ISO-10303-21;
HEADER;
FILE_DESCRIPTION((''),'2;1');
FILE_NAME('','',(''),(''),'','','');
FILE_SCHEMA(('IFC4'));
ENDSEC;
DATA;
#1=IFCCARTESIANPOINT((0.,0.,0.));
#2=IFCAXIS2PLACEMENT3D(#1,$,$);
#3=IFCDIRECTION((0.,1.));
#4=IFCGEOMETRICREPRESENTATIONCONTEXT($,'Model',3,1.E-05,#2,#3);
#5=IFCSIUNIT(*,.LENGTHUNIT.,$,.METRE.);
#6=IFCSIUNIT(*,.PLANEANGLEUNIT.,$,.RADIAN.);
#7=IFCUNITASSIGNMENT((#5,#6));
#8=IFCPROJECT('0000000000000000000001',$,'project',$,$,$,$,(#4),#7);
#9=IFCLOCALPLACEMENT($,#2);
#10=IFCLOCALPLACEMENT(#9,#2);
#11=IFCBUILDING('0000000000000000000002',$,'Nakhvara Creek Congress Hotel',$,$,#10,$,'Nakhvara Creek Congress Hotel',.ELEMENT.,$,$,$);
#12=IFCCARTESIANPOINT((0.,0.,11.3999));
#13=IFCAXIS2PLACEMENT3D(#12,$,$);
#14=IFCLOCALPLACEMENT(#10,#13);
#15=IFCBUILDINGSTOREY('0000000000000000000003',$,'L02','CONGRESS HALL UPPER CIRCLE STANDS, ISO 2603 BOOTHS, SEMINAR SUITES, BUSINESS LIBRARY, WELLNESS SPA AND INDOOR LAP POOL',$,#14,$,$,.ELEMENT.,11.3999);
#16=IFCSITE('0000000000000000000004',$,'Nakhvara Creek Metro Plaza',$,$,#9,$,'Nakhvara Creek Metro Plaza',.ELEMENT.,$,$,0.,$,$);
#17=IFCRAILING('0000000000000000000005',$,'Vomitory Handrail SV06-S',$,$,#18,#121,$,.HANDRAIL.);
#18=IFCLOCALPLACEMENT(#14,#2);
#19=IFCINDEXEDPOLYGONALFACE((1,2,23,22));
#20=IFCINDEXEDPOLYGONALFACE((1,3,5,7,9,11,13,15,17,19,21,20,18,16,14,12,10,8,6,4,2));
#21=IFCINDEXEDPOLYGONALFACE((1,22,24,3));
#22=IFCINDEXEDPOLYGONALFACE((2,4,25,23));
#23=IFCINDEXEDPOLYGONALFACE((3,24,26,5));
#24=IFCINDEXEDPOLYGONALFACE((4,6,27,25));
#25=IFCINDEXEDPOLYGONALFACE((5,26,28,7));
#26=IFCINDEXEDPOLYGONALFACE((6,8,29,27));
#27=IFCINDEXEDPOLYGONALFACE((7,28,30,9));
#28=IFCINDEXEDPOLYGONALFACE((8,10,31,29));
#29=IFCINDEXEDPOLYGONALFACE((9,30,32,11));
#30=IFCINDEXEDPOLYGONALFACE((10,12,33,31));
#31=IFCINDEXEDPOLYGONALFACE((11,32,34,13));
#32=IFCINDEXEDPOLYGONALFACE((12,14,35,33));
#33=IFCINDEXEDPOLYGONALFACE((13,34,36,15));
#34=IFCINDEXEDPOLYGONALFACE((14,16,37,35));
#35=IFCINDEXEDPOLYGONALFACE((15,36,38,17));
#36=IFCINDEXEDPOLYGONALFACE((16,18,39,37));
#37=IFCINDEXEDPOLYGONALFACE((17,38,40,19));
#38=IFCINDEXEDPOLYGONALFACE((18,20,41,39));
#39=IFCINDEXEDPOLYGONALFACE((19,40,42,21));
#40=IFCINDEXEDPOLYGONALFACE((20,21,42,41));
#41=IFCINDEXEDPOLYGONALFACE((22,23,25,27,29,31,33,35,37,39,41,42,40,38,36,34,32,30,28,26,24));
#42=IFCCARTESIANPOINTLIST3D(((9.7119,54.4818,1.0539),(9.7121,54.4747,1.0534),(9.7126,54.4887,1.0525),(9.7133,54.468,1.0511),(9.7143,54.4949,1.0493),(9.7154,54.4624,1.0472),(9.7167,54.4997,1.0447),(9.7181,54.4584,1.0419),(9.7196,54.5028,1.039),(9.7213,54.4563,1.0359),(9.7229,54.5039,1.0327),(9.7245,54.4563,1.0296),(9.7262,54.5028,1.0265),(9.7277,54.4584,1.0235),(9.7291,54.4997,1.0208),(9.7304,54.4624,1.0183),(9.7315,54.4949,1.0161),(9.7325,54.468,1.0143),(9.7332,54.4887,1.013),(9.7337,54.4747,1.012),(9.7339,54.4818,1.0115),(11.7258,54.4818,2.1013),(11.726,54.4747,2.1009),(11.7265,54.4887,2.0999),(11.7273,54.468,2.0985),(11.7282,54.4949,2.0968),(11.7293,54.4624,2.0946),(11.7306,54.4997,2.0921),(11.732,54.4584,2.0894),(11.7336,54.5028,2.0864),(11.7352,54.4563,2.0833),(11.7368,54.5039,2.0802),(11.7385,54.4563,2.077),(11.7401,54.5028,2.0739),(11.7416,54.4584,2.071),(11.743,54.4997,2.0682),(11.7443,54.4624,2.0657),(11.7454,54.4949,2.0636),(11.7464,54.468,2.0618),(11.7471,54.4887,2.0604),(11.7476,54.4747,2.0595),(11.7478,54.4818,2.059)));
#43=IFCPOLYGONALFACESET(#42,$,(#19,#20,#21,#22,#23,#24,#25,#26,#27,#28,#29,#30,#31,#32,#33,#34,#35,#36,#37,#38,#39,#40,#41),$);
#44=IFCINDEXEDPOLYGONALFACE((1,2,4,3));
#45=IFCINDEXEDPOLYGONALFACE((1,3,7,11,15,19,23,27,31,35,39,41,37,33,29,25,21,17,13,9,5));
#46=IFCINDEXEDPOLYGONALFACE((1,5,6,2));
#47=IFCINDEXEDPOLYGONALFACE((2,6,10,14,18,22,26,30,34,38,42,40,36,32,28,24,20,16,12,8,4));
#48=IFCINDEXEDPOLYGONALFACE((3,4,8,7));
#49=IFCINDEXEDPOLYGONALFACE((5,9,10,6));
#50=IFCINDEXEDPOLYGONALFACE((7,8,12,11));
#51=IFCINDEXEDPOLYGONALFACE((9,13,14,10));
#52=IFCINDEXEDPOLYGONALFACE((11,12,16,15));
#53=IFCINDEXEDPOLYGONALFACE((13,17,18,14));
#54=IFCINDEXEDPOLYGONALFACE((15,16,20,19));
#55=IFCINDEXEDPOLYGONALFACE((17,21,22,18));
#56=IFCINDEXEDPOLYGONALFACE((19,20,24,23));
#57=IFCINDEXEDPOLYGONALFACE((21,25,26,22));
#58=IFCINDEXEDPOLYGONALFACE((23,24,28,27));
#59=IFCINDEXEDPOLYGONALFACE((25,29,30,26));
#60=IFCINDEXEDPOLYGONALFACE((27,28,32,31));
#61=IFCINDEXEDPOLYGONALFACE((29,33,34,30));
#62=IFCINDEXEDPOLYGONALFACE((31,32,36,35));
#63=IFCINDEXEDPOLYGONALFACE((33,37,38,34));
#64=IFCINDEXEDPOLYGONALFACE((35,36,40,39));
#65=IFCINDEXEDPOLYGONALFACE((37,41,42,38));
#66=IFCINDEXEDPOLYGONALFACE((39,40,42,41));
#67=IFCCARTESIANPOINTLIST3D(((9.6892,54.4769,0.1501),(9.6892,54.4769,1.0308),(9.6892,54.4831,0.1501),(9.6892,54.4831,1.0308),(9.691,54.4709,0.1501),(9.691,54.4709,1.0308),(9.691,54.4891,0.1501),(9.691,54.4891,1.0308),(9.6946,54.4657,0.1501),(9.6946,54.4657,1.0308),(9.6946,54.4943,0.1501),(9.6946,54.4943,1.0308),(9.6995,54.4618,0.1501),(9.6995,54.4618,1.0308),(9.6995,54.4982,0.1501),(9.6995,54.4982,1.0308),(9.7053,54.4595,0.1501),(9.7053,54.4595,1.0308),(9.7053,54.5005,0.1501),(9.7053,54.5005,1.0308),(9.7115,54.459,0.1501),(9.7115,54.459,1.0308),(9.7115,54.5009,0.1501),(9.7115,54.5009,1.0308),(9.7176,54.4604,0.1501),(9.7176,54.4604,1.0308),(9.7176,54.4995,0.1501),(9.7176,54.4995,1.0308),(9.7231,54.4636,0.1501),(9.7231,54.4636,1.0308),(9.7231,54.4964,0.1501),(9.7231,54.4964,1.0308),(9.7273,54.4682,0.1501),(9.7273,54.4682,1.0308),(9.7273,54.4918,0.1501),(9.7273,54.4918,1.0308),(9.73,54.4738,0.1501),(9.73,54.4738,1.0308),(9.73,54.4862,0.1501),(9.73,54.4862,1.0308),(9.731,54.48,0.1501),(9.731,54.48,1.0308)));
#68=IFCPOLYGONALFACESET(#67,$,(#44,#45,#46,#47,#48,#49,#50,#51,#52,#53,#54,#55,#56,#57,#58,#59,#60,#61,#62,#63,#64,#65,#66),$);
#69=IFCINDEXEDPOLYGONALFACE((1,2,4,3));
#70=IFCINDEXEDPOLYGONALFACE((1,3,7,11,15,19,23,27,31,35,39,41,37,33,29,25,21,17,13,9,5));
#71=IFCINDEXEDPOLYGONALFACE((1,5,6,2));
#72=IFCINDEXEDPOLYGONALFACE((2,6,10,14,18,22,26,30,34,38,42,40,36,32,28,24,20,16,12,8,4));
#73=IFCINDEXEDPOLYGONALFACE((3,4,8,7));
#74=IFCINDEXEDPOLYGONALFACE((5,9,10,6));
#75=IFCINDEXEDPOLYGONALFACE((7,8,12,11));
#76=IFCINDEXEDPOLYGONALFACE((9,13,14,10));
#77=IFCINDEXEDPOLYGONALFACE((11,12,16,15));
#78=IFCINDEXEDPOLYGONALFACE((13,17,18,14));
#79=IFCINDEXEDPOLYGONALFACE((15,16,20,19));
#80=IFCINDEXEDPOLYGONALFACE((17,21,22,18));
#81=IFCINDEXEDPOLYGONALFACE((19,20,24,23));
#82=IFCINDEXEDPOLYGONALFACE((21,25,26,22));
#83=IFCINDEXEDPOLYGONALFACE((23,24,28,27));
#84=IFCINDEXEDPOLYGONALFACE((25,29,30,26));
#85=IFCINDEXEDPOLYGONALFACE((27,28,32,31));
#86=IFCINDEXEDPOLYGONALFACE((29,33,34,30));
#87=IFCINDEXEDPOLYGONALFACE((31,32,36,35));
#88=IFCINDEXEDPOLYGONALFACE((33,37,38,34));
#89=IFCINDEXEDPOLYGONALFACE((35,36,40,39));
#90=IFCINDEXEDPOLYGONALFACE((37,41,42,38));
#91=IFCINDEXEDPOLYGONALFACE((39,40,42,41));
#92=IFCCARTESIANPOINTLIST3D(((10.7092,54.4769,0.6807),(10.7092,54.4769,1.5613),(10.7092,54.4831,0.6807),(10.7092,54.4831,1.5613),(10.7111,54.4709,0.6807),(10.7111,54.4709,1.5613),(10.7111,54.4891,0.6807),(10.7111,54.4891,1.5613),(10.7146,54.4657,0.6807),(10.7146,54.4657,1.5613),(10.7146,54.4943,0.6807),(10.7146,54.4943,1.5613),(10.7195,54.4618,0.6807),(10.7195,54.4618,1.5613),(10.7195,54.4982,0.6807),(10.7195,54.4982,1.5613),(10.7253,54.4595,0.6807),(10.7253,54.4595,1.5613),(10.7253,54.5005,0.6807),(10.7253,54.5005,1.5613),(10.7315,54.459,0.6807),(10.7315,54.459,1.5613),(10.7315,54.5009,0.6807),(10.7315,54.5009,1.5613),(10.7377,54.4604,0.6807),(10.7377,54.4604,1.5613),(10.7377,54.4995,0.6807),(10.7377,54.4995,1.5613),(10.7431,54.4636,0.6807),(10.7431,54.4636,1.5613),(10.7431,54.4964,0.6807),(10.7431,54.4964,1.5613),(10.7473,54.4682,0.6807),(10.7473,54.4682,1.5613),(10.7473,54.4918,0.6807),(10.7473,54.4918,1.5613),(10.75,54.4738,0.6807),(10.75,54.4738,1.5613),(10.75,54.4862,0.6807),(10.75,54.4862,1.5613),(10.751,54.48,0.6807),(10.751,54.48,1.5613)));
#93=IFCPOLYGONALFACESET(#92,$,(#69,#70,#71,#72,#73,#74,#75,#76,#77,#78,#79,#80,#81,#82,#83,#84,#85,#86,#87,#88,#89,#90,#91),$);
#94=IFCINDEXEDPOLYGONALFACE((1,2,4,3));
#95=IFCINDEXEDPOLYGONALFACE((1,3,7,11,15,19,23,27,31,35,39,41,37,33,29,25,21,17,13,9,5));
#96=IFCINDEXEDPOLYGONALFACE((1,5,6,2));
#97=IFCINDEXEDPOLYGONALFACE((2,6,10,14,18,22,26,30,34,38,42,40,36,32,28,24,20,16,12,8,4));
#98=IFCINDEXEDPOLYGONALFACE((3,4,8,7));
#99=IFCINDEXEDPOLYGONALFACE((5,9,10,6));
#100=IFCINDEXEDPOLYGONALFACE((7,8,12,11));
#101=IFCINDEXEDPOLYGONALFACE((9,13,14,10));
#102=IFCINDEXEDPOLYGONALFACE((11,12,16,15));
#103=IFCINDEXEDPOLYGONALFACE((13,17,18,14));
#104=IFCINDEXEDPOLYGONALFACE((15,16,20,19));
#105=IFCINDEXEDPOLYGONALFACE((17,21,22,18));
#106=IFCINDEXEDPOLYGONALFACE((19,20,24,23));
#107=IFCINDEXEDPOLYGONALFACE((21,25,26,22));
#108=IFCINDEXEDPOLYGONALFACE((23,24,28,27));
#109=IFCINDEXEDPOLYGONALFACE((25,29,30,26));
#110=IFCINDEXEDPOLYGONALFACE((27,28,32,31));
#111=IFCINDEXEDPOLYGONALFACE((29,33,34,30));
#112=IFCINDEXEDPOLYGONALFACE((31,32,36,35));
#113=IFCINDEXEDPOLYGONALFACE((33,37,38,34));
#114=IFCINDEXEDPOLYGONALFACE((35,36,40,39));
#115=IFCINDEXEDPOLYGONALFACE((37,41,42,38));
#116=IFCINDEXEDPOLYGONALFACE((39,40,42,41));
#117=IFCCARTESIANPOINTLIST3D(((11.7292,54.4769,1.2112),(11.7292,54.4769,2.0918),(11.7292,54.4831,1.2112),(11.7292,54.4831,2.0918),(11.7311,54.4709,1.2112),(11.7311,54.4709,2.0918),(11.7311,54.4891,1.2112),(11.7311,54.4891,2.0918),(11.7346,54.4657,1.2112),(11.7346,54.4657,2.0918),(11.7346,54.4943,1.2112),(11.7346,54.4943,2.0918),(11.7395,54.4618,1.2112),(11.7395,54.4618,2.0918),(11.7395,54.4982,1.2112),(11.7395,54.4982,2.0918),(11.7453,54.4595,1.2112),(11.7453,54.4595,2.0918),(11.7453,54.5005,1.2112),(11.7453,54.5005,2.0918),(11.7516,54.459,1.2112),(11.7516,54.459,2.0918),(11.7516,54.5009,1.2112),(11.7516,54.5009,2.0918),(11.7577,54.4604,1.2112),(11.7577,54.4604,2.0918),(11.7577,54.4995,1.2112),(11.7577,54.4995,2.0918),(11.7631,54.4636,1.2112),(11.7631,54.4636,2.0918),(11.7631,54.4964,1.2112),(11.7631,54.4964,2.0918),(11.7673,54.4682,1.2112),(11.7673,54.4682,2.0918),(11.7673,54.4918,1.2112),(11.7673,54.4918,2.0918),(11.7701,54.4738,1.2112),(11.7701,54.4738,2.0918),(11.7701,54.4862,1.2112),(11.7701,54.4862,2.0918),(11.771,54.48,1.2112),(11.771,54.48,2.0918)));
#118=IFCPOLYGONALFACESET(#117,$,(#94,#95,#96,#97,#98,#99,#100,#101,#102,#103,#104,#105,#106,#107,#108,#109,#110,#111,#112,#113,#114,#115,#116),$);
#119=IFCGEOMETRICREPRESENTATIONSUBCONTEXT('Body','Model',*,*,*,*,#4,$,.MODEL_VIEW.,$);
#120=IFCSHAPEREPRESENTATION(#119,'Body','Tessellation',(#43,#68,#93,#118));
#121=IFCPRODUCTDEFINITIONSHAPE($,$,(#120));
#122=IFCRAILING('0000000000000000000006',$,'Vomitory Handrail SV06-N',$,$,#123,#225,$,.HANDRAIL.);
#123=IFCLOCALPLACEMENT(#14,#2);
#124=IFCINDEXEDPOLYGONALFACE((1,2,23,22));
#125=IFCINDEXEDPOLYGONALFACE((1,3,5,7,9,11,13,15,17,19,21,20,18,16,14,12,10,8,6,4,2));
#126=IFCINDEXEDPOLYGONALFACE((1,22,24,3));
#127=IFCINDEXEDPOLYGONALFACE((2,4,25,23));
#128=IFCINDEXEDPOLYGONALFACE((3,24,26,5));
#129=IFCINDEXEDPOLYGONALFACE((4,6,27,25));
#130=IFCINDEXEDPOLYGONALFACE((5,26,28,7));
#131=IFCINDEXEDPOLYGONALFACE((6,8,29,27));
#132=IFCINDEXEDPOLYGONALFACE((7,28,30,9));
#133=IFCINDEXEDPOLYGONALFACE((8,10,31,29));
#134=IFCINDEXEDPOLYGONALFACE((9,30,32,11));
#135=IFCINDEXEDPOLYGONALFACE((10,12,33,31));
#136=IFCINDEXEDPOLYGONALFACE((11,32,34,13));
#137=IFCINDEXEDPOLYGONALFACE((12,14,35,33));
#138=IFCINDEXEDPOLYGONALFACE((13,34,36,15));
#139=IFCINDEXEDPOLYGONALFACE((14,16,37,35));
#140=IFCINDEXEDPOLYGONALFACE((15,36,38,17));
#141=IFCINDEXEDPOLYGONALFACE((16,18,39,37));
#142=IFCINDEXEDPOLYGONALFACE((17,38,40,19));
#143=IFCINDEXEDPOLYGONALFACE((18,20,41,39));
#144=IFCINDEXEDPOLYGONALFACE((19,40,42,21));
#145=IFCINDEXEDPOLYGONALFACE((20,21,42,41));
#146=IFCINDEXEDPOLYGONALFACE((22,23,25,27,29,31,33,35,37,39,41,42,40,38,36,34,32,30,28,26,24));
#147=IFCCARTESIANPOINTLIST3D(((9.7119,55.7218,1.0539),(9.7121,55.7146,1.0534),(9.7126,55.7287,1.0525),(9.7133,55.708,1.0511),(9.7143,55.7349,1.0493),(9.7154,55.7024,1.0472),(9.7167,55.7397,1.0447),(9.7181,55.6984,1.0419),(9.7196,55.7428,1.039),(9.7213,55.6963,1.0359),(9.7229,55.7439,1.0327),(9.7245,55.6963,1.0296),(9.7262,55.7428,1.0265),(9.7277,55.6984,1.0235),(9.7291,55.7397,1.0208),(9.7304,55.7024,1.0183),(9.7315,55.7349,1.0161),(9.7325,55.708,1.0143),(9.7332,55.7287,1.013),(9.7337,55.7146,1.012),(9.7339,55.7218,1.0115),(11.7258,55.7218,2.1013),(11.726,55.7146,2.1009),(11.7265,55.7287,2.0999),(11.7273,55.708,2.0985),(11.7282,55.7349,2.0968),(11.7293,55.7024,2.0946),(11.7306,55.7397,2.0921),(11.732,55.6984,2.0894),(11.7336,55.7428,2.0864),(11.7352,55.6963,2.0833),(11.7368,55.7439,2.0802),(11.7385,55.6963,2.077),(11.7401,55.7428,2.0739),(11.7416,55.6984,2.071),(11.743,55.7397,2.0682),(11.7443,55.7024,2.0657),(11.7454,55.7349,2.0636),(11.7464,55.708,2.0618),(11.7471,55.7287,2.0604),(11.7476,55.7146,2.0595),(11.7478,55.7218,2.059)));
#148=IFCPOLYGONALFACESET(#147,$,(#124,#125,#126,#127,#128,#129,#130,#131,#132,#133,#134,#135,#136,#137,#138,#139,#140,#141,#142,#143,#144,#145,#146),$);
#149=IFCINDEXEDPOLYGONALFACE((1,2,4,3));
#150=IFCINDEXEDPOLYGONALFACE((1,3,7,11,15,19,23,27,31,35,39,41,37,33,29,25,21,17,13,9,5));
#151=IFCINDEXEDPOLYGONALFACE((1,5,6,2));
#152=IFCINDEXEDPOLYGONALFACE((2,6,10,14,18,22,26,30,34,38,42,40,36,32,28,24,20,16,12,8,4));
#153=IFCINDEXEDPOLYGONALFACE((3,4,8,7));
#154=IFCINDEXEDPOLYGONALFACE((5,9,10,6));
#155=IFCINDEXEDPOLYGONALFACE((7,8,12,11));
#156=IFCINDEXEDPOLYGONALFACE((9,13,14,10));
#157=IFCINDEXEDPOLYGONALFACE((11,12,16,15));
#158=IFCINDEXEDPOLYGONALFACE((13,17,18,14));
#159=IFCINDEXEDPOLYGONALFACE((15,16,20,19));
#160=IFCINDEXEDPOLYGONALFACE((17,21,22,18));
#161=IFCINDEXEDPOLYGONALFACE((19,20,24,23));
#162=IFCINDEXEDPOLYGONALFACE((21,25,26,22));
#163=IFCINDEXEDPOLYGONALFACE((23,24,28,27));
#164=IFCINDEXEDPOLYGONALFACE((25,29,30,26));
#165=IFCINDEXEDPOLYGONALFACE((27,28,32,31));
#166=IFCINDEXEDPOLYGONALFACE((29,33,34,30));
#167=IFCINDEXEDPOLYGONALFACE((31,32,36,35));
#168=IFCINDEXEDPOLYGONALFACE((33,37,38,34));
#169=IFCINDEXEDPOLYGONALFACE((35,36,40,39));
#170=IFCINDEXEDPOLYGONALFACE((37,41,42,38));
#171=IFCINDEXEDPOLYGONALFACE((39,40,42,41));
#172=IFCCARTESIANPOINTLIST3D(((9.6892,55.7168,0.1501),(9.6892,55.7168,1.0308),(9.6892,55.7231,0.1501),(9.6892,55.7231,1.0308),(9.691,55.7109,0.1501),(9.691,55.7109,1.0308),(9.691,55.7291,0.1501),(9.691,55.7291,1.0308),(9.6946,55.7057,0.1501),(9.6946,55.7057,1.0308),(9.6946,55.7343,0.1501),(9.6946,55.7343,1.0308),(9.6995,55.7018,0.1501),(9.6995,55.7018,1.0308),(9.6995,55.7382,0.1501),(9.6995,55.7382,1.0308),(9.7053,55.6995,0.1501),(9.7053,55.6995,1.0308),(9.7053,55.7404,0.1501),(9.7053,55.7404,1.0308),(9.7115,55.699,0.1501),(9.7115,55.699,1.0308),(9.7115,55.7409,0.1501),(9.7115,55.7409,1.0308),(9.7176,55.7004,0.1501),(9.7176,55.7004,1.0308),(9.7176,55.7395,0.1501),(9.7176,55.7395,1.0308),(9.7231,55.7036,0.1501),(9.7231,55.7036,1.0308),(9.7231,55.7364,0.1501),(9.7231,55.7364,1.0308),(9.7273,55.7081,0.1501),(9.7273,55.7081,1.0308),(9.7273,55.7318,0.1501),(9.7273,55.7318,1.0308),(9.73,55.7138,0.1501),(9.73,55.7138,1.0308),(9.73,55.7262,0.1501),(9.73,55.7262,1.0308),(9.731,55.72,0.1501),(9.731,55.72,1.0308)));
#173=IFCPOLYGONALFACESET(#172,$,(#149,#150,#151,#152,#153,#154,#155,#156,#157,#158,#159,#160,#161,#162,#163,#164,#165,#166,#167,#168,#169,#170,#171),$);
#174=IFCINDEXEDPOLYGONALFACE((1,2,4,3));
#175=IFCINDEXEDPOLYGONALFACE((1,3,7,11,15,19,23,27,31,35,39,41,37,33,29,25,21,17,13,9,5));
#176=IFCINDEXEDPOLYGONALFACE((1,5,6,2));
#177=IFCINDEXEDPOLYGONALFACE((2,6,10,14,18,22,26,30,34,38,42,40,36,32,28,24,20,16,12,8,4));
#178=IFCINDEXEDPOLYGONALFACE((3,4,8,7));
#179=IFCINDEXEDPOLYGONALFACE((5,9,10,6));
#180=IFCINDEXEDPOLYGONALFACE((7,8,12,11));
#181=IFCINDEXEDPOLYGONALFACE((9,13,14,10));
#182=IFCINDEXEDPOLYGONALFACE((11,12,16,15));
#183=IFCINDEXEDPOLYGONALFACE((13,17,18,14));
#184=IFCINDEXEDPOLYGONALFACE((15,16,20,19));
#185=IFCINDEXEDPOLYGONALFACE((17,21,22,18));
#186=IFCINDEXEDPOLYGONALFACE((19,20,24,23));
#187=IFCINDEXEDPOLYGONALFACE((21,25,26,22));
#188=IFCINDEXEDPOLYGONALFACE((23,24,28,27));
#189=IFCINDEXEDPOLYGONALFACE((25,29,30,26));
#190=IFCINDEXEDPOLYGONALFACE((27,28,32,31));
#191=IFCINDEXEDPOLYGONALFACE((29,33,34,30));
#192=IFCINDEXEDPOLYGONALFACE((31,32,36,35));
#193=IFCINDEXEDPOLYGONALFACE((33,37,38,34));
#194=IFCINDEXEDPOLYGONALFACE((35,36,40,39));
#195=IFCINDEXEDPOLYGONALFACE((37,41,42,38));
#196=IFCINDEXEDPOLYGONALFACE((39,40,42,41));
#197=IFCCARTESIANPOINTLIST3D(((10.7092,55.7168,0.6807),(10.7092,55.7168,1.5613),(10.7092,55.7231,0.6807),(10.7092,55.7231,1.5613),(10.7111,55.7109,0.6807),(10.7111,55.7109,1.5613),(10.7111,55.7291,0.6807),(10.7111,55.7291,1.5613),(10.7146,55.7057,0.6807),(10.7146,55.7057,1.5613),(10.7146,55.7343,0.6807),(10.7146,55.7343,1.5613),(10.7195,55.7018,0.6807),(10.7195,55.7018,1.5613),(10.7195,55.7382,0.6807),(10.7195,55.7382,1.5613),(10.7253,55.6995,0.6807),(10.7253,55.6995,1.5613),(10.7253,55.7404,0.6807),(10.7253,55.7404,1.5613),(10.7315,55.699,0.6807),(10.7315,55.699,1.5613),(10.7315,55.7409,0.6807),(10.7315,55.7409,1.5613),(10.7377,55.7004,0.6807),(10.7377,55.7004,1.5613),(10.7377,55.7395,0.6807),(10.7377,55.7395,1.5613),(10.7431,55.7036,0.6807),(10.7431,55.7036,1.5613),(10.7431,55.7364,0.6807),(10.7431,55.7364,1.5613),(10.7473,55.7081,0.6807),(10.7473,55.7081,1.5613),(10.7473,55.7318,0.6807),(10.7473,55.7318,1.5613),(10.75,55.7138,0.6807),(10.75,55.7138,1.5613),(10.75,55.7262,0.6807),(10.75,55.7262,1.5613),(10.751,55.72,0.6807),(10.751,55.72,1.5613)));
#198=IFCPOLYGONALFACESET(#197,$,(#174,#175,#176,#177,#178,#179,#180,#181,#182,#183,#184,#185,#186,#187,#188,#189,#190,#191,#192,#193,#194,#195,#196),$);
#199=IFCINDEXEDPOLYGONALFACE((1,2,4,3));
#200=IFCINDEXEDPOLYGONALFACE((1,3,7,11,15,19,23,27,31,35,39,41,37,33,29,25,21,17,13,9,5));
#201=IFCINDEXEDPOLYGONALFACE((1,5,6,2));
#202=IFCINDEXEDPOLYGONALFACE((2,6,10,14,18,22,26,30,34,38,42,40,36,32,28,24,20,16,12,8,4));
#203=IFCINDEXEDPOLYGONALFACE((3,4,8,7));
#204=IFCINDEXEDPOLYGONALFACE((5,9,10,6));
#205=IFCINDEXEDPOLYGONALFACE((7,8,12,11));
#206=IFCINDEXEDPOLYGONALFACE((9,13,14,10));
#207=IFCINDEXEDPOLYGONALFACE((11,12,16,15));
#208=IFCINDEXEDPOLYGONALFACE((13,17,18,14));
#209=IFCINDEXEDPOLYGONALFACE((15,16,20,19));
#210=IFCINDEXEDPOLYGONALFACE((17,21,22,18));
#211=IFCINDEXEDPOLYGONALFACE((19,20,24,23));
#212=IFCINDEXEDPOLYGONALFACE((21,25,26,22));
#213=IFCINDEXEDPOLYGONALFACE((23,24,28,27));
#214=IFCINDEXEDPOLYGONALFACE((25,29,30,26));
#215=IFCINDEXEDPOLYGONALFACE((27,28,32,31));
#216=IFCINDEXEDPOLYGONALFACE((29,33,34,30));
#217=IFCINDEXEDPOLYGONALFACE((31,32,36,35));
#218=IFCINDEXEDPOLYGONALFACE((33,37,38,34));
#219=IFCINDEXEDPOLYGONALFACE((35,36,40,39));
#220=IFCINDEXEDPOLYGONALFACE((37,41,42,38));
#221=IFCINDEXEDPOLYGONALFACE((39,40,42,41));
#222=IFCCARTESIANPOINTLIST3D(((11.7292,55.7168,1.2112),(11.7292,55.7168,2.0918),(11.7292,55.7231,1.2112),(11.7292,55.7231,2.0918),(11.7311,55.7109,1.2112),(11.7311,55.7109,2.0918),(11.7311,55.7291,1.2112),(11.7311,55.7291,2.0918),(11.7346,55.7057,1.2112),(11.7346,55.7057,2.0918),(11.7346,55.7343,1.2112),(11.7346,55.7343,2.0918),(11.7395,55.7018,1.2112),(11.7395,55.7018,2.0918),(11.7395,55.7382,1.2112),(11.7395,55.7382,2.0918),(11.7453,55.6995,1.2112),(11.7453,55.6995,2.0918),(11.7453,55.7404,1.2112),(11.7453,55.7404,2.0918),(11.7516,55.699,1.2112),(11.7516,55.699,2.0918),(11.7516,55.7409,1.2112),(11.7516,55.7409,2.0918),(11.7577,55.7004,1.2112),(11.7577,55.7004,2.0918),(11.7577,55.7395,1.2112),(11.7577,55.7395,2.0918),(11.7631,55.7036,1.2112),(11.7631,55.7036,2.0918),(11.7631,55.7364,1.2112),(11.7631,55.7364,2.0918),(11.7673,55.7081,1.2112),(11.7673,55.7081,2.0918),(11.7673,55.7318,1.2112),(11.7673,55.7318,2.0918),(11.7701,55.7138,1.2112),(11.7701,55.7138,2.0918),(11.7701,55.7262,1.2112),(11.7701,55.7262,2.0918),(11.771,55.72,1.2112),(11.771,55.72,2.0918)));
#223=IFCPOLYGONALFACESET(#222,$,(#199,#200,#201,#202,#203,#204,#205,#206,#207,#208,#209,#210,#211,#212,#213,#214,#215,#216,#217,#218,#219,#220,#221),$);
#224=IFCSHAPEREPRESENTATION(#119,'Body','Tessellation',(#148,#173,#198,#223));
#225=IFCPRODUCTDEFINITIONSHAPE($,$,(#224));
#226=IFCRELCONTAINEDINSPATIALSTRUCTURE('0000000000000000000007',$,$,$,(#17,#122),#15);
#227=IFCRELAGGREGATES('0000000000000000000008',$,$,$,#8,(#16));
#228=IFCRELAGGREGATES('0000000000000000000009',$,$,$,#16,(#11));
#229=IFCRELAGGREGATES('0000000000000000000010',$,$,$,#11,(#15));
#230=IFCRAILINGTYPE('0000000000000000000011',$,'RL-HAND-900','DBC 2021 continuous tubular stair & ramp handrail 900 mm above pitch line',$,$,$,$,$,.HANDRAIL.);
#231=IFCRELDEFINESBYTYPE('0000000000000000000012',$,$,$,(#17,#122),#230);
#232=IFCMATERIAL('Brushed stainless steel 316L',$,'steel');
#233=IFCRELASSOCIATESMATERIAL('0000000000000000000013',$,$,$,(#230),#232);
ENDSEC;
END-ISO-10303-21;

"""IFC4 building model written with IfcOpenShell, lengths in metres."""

from ifc_helpers import new_model, si_unit, direction, frame, origin, origin_2d, place, context, subcontext, project, spatial, circle, extrude, material, type_object, element, save


model = new_model("IFC4")

# Units and contexts
model_context = context("Model", 3, precision=1e-05, world=origin(), true_north=direction((0.0, 1.0)))
body_context = subcontext(model_context, "Body", "Model", "MODEL_VIEW")
ifc_project = project(units=[si_unit("LENGTHUNIT", "METRE"), si_unit("PLANEANGLEUNIT", "RADIAN")], contexts=[model_context])

# Site, building, storey
site_placement = place(None, origin())
site = spatial("IfcSite", under=ifc_project, at=site_placement, Name="Nakhvara Creek Metro Plaza", LongName="Nakhvara Creek Metro Plaza", CompositionType="ELEMENT", RefElevation=0.0)
building_placement = place(site_placement, origin())
building = spatial("IfcBuilding", under=site, at=building_placement, Name="Nakhvara Creek Congress Hotel", LongName="Nakhvara Creek Congress Hotel", CompositionType="ELEMENT")
storey_placement = place(building_placement, frame((0.0, 0.0, 11.3999)))
storey = spatial("IfcBuildingStorey", under=building, at=storey_placement, Name="L02", Description="CONGRESS HALL UPPER CIRCLE STANDS, ISO 2603 BOOTHS, SEMINAR SUITES, BUSINESS LIBRARY, WELLNESS SPA AND INDOOR LAP POOL", CompositionType="ELEMENT", Elevation=11.3999)

# Railings
ifc_material_1 = material(Name="Brushed stainless steel 316L", Category="steel")
railing_type_1 = type_object("IfcRailingType", Name="RL-HAND-900", Description="DBC 2021 continuous tubular stair & ramp handrail 900 mm above pitch line", PredefinedType="HANDRAIL", material=ifc_material_1)
for number, where, name in (
    (1, (9.71, 54.48, 0.1501), "Vomitory Handrail SV06-S"),
    (2, (9.71, 55.72, 0.1501), "Vomitory Handrail SV06-N"),
):
    element("IfcRailing", number, at=place(storey_placement, frame(where)), inside=storey, type_object=railing_type_1, Name=name, PredefinedType="HANDRAIL", context=body_context, shape_type="SweptSolid", body=[
        extrude(circle(Radius=0.0239, at=origin_2d()), frame((0.0129, 0.0, 0.8826), z_axis=(0.887179, 0.0, 0.461426), x_axis=(0.0, 1.0, 0.0)), (0.0, 0.0, 1.0), 2.27),
        extrude(circle(Radius=0.021, at=origin_2d()), origin(), (0.0, 0.0, 1.0), 0.8806),
        extrude(circle(Radius=0.021, at=origin_2d()), frame((1.02, 0.0, 0.5305)), (0.0, 0.0, 1.0), 0.8806),
        extrude(circle(Radius=0.021, at=origin_2d()), frame((2.04, 0.0, 1.061)), (0.0, 0.0, 1.0), 0.8806),
    ])

save(model, "model.ifc")
